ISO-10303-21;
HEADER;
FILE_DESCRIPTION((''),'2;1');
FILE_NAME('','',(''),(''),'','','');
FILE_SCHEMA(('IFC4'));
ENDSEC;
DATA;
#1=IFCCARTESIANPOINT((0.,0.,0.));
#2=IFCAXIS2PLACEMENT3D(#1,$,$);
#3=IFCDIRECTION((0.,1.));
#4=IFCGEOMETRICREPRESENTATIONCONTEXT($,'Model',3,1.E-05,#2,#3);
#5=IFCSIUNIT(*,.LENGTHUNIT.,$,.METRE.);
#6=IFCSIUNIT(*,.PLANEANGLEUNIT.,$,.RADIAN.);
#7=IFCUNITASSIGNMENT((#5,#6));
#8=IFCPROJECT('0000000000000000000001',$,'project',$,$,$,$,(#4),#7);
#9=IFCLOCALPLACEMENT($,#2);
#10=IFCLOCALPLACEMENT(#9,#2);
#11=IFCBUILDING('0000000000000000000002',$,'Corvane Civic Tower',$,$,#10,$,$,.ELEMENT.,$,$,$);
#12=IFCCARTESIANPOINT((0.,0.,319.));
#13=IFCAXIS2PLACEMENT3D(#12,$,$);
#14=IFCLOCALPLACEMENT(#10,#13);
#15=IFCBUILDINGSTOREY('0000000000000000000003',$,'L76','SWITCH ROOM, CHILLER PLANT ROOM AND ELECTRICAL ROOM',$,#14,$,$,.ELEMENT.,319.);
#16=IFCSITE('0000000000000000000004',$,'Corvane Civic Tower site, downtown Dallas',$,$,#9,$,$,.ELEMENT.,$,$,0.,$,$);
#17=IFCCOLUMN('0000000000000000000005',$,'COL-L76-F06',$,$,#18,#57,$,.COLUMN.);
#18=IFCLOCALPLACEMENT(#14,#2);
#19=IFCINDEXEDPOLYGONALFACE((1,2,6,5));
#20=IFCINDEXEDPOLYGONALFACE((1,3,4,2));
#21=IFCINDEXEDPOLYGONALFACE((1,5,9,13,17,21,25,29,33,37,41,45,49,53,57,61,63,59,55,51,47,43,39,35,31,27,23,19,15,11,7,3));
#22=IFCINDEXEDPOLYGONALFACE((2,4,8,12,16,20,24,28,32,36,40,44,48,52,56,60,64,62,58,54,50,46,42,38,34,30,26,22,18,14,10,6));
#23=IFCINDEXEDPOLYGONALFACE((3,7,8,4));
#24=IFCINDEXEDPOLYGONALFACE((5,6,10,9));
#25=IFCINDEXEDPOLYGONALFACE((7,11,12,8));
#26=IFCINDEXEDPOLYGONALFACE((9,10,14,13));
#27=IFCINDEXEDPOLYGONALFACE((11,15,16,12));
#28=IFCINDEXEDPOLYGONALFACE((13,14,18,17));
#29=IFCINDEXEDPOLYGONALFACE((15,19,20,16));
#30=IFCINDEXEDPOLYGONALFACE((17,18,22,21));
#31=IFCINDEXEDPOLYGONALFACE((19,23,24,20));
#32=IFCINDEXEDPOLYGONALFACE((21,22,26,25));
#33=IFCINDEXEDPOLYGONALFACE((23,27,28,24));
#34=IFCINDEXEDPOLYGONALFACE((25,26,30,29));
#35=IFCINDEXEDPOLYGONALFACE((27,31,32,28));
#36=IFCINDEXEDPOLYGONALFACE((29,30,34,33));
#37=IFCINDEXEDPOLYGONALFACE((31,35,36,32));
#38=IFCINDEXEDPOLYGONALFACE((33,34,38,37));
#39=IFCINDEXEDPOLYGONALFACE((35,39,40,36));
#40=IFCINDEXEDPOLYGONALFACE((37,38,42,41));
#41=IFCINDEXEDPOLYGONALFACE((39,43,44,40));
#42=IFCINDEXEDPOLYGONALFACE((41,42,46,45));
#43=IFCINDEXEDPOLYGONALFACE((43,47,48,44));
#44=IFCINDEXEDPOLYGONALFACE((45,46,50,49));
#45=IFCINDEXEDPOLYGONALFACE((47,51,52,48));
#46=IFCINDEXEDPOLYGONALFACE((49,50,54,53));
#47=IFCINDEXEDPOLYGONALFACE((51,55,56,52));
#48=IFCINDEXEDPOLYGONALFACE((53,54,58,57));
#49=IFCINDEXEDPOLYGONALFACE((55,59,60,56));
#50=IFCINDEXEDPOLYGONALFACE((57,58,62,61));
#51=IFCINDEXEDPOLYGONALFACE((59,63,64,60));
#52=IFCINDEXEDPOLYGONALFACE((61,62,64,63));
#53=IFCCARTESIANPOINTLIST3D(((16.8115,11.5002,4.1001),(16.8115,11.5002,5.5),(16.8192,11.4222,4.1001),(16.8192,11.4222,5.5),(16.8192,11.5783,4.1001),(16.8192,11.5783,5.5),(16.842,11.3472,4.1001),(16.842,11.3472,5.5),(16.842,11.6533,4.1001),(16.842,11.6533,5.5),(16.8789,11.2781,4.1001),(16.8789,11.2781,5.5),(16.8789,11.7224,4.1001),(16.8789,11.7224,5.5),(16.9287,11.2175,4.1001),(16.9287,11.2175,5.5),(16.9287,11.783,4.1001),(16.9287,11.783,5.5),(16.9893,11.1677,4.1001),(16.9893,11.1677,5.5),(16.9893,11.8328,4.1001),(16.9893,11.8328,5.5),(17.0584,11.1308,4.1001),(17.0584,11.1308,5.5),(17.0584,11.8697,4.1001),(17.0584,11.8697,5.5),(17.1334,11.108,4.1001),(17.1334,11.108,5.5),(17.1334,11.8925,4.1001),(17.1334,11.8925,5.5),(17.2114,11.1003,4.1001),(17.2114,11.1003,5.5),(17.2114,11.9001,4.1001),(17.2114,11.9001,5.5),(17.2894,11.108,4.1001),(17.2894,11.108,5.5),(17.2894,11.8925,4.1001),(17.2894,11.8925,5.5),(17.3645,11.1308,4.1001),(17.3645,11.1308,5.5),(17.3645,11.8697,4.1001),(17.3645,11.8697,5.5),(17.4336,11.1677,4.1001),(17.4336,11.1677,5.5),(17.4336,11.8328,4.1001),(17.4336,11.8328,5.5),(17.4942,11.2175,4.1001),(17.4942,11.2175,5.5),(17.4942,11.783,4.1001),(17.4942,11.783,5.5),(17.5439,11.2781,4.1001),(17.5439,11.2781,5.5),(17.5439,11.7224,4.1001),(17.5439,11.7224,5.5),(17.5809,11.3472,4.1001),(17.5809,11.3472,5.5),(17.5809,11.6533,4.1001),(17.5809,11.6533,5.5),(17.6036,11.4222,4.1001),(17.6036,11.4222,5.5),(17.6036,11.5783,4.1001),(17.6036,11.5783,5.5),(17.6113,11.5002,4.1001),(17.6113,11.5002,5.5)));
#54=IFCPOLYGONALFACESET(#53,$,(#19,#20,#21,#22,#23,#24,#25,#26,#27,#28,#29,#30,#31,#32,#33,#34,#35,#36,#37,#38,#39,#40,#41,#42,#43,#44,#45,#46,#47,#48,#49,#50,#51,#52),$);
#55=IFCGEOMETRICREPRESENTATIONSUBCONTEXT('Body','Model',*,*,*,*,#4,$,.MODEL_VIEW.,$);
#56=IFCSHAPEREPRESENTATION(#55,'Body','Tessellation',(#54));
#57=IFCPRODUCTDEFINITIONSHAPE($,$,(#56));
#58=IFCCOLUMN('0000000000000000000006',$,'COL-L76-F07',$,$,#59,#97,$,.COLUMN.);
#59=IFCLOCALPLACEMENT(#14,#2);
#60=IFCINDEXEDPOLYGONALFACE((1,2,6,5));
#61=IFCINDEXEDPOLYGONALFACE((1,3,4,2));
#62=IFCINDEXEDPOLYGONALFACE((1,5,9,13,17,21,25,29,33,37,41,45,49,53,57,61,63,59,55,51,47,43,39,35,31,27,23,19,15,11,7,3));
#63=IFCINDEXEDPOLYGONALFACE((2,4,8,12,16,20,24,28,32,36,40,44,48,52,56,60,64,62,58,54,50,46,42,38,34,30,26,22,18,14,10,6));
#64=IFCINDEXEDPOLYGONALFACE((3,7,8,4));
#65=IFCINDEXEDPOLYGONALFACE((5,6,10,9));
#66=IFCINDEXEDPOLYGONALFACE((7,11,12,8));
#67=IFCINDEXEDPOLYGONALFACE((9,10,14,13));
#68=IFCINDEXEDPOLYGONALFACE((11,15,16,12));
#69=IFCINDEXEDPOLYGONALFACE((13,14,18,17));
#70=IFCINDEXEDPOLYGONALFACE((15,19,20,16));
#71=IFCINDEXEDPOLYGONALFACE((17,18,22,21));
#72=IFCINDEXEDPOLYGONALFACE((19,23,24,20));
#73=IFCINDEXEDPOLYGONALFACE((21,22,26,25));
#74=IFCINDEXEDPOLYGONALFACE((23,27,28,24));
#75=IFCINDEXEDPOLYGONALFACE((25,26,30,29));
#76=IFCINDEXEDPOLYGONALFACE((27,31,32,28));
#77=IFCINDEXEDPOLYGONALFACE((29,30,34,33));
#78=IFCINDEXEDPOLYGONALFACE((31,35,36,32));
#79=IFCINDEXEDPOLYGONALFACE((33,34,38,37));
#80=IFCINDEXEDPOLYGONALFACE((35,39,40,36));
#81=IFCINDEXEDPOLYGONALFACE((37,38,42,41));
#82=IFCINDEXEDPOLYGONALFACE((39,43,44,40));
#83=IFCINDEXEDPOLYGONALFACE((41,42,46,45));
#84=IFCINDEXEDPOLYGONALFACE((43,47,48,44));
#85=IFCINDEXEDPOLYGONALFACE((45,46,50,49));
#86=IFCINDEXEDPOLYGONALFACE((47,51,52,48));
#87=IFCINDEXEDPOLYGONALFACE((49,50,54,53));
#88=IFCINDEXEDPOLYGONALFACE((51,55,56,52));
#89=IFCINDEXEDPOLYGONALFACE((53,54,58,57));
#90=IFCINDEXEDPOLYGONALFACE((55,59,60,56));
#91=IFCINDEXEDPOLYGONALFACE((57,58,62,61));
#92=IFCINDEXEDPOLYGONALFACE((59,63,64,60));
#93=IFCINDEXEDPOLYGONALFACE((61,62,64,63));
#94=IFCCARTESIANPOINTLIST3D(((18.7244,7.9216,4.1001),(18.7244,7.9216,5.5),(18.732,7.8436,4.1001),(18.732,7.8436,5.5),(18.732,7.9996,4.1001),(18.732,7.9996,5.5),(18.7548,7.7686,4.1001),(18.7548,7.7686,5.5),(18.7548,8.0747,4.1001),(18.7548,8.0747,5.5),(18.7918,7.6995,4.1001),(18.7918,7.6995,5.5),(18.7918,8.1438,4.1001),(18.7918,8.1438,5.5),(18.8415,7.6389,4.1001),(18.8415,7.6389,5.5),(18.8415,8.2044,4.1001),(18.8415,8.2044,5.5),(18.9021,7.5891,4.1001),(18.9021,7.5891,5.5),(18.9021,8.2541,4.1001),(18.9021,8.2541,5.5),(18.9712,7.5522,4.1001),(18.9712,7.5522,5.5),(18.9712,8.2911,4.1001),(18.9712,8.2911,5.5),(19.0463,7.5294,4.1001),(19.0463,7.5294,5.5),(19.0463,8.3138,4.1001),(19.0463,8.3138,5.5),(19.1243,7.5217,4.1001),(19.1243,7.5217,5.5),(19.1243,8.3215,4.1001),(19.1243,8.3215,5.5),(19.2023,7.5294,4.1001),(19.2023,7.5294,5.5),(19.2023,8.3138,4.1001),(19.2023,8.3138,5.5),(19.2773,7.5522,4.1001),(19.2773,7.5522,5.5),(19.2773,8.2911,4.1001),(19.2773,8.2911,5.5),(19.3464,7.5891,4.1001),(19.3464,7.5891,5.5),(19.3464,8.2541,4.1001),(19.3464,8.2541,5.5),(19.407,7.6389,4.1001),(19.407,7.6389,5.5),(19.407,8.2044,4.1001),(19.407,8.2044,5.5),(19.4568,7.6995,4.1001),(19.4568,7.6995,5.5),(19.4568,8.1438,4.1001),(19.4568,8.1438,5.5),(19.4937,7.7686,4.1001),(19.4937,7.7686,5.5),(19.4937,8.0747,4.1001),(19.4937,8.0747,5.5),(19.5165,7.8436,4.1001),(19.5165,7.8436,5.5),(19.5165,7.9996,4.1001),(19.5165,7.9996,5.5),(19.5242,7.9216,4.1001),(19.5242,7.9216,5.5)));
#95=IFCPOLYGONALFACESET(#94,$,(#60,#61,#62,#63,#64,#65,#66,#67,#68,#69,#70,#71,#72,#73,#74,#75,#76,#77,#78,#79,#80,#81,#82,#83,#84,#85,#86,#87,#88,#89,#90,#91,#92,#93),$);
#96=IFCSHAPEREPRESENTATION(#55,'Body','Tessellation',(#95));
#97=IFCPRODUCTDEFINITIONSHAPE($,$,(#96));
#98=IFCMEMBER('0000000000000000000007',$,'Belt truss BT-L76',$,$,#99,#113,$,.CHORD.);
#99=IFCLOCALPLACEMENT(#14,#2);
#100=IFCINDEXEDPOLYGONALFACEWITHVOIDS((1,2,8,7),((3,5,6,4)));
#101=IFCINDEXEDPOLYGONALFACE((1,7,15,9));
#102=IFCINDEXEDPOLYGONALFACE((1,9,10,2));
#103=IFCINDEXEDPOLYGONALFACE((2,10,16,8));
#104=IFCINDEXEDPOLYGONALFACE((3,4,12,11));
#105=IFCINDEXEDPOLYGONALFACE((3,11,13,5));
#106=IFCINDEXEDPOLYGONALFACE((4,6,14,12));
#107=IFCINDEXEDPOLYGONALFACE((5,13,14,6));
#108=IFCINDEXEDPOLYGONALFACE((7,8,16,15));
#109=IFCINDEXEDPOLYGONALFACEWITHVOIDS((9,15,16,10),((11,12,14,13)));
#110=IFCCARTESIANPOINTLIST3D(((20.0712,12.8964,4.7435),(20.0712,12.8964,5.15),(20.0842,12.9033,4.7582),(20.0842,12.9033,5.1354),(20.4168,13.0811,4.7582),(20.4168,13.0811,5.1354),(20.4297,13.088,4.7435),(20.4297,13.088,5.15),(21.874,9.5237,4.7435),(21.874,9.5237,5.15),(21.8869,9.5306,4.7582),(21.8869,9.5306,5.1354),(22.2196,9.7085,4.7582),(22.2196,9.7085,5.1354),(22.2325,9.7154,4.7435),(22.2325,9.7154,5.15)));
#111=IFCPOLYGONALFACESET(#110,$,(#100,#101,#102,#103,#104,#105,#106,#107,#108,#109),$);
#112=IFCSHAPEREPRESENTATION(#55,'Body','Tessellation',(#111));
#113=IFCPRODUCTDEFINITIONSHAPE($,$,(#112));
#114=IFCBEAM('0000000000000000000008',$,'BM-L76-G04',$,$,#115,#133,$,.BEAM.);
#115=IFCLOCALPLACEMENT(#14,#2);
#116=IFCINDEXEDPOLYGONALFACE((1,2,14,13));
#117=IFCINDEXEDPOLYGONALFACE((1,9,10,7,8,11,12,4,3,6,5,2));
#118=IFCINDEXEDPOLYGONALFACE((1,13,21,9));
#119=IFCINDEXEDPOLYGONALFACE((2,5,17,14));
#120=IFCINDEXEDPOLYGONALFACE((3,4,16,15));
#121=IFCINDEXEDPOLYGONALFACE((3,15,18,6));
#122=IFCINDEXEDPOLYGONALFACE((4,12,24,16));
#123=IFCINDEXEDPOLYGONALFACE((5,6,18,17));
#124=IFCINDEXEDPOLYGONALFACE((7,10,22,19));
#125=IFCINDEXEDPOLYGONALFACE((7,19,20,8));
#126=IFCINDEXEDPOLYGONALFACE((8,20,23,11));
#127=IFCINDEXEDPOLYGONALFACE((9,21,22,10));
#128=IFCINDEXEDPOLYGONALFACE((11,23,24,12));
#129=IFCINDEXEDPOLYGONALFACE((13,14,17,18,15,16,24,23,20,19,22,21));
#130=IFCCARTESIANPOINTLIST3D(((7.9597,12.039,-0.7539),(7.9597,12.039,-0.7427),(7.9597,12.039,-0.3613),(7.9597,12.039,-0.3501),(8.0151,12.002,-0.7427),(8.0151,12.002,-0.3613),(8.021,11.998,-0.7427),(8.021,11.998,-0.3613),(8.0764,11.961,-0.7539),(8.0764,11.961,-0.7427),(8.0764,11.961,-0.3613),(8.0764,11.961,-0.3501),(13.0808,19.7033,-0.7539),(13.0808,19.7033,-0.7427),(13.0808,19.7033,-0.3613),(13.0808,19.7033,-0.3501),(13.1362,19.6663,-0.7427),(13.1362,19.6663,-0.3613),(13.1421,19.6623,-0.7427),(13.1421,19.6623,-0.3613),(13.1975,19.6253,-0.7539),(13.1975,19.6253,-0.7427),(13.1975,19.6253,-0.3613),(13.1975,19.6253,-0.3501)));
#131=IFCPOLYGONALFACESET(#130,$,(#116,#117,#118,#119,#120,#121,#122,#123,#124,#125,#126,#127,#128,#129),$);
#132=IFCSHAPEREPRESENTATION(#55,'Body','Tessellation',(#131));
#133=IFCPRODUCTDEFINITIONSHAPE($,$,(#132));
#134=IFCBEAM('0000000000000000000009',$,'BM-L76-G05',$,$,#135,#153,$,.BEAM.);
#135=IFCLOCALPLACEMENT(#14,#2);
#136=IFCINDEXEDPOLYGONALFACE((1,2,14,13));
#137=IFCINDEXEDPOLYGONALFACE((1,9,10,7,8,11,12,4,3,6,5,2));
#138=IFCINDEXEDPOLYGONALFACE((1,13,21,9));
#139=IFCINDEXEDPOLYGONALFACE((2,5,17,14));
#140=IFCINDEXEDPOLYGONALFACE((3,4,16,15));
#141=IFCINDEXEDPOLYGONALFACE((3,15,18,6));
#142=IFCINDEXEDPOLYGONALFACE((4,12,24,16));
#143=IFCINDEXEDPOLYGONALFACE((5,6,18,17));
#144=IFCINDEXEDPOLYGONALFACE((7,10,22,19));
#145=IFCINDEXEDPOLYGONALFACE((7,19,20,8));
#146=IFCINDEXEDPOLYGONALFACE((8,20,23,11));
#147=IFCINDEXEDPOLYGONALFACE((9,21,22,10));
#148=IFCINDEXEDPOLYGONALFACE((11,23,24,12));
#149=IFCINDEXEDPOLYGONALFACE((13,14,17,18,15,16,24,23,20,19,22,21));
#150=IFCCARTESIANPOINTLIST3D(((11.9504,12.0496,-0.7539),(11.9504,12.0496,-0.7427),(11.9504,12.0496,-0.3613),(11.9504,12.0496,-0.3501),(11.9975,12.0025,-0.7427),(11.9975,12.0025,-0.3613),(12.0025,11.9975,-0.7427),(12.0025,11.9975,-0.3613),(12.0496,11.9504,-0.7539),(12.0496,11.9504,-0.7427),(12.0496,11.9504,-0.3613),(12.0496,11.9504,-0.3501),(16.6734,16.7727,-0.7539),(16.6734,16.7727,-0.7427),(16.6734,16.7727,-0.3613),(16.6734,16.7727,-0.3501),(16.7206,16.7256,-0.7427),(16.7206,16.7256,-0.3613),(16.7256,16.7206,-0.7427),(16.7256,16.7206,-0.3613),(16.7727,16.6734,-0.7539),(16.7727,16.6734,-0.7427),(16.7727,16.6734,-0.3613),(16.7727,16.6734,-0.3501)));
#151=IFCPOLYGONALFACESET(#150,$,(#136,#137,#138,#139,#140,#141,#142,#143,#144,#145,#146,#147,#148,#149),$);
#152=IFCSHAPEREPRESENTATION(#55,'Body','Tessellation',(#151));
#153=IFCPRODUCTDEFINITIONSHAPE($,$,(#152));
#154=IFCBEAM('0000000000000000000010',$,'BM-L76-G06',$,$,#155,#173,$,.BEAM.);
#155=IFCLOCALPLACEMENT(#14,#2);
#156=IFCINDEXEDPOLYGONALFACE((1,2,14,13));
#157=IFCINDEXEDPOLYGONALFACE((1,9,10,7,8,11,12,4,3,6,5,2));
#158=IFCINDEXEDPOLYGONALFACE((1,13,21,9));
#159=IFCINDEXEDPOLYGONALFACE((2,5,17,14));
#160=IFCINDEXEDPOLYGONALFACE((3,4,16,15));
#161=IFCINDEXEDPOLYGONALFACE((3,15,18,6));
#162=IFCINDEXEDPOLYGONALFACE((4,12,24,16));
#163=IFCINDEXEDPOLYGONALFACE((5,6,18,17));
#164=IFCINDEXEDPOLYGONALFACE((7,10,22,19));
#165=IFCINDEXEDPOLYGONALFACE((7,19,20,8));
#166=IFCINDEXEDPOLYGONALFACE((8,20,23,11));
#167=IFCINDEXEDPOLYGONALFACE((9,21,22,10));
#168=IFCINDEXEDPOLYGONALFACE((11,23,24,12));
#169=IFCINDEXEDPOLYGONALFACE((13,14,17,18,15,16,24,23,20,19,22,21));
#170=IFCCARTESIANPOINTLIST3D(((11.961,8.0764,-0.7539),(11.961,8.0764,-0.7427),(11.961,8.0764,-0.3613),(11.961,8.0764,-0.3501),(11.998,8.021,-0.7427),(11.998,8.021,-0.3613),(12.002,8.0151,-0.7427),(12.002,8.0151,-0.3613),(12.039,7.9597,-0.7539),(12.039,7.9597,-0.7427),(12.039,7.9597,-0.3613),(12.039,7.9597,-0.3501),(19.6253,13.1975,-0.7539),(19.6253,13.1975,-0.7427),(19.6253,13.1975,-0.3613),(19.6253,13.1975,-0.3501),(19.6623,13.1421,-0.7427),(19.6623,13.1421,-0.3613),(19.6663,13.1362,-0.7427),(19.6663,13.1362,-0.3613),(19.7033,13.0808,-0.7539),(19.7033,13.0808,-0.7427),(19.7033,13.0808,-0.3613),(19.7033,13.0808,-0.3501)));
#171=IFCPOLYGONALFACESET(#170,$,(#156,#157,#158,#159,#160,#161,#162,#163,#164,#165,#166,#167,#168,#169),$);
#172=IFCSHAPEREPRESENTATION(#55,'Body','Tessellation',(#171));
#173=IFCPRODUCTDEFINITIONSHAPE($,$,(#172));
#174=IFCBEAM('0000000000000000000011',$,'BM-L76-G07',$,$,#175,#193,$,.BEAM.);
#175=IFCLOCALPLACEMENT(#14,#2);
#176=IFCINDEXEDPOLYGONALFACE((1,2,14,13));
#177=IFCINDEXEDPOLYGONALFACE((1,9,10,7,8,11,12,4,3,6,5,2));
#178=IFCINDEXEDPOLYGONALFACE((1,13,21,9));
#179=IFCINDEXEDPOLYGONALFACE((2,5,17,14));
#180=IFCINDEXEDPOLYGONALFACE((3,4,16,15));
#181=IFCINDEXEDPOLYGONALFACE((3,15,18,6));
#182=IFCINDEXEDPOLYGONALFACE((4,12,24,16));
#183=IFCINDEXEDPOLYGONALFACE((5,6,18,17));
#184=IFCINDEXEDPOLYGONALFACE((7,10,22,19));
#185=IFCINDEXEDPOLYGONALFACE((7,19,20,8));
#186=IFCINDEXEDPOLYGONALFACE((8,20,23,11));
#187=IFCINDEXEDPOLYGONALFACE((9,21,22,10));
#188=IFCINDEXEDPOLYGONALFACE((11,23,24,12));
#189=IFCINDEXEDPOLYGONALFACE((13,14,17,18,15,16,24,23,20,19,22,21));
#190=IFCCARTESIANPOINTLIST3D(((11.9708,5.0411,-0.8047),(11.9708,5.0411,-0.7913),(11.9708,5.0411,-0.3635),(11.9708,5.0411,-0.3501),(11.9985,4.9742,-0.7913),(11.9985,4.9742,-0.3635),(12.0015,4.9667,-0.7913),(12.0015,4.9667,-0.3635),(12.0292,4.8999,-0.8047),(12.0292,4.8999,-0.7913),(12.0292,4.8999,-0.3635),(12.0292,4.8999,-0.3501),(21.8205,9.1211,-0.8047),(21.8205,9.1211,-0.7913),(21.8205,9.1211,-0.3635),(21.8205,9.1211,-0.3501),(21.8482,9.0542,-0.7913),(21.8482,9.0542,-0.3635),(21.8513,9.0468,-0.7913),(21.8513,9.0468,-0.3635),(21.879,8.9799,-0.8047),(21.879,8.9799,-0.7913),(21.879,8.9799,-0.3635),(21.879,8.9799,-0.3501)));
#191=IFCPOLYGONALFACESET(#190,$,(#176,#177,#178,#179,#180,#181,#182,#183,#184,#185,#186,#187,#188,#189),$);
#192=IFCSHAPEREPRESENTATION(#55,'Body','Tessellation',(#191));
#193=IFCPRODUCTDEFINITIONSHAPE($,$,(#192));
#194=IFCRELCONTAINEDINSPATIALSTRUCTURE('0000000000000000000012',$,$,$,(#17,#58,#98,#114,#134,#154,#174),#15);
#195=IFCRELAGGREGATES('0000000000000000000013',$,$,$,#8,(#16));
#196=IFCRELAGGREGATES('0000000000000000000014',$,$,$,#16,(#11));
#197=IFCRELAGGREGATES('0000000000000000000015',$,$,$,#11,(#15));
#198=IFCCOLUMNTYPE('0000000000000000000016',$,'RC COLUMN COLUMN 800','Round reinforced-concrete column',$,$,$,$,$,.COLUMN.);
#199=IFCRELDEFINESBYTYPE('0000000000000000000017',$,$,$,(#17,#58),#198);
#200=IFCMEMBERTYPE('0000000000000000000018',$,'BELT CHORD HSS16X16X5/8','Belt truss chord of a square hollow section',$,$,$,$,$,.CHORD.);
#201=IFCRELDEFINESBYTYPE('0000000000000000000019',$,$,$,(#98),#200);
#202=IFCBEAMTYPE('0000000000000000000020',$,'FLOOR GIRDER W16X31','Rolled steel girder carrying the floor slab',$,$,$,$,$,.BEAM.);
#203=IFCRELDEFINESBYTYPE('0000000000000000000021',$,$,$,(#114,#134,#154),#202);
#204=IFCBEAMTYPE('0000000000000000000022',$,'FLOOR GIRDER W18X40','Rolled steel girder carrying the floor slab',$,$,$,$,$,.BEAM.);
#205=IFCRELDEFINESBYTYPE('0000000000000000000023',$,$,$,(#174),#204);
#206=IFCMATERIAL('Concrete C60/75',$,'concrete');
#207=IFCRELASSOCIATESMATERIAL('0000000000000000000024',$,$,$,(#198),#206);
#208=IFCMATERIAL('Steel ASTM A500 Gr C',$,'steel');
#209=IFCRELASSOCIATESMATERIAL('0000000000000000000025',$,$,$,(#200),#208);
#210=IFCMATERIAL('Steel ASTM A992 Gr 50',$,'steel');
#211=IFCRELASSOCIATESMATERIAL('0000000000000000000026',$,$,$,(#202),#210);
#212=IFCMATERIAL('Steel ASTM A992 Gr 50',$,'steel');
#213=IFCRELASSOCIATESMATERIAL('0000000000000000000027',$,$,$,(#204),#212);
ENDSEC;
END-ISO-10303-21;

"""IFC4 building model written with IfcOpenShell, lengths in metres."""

from ifc_helpers import new_model, si_unit, direction, frame, origin, origin_2d, place, context, subcontext, project, spatial, hollow_rectangle, circle, i_section, extrude, material, material_profile, profile_set, type_object, element, save


model = new_model("IFC4")

# Units and contexts
model_context = context("Model", 3, precision=1e-05, world=origin(), true_north=direction((0.0, 1.0)))
body_context = subcontext(model_context, "Body", "Model", "MODEL_VIEW")
ifc_project = project(units=[si_unit("LENGTHUNIT", "METRE"), si_unit("PLANEANGLEUNIT", "RADIAN")], contexts=[model_context])

# Site, building, storey
site_placement = place(None, origin())
site = spatial("IfcSite", under=ifc_project, at=site_placement, Name="Corvane Civic Tower site, downtown Dallas", CompositionType="ELEMENT", RefElevation=0.0)
building_placement = place(site_placement, origin())
building = spatial("IfcBuilding", under=site, at=building_placement, Name="Corvane Civic Tower", CompositionType="ELEMENT")
storey_placement = place(building_placement, frame((0.0, 0.0, 319.0)))
storey = spatial("IfcBuildingStorey", under=building, at=storey_placement, Name="L76", Description="SWITCH ROOM, CHILLER PLANT ROOM AND ELECTRICAL ROOM", CompositionType="ELEMENT", Elevation=319.0)

# Columns
ifc_material_1 = material(Name="Concrete C60/75", Category="concrete")
ifc_material_profile_1 = material_profile(ifc_material_1, circle(Radius=0.3999, at=origin_2d()), Name="COLUMN 800")
ifc_profile_set_1 = profile_set([ifc_material_profile_1], Name="Concrete C60/75")
column_type = type_object("IfcColumnType", Name="RC COLUMN COLUMN 800", Description="Round reinforced-concrete column", PredefinedType="COLUMN", material=ifc_profile_set_1)
for number, where, z_axis, x_axis, name in (
    (1, (17.2114, 11.5002, 4.1001), (0.0, 0.0, 1.0), (1.0, 0.0, 0.0), "COL-L76-F06"),
    (2, (19.1243, 7.9216, 4.1001), (0.0, 0.0, 1.0), (1.0, 0.0, 0.0), "COL-L76-F07"),
):
    element("IfcColumn", number, at=place(storey_placement, frame(where, z_axis=z_axis, x_axis=x_axis)), inside=storey, type_object=column_type, Name=name, PredefinedType="COLUMN", context=body_context, shape_type="SweptSolid", body=[
        extrude(circle(Radius=0.3999, at=origin_2d()), origin(), (0.0, 0.0, 1.0), 1.3999),
    ])

# Member
ifc_material_2 = material(Name="Steel ASTM A500 Gr C", Category="steel")
ifc_material_profile_2 = material_profile(ifc_material_2, hollow_rectangle(XDim=0.4065, YDim=0.4065, WallThickness=0.0146, at=origin_2d()), Name="HSS16X16X5/8")
ifc_profile_set_2 = profile_set([ifc_material_profile_2], Name="Steel ASTM A500 Gr C")
member_type = type_object("IfcMemberType", Name="BELT CHORD HSS16X16X5/8", Description="Belt truss chord of a square hollow section", PredefinedType="CHORD", material=ifc_profile_set_2)
member_placement = place(storey_placement, frame((20.2505, 12.9922, 4.9468), z_axis=(0.47141, -0.881914, 0.0), x_axis=(0.881914, 0.47141, 0.0)))
element("IfcMember", 3, at=member_placement, inside=storey, type_object=member_type, Name="Belt truss BT-L76", PredefinedType="CHORD", context=body_context, shape_type="SweptSolid", body=[
    extrude(hollow_rectangle(XDim=0.4065, YDim=0.4065, WallThickness=0.0146, at=origin_2d()), origin(), (0.0, 0.0, 1.0), 3.8242),
])

# Beams
ifc_material_3 = material(Name="Steel ASTM A992 Gr 50", Category="steel")
ifc_material_profile_3 = material_profile(ifc_material_3, i_section(OverallWidth=0.1404, OverallDepth=0.4038, WebThickness=0.0071, FlangeThickness=0.0112, at=origin_2d()), Name="W16X31")
ifc_profile_set_3 = profile_set([ifc_material_profile_3], Name="Steel ASTM A992 Gr 50")
beam_type_1 = type_object("IfcBeamType", Name="FLOOR GIRDER W16X31", Description="Rolled steel girder carrying the floor slab", PredefinedType="BEAM", material=ifc_profile_set_3)
beam_1_placement = place(storey_placement, frame((8.0181, 12.0, -0.552), z_axis=(0.555568, 0.831471, 0.0), x_axis=(-0.831471, 0.555568, 0.0)))
element("IfcBeam", 4, at=beam_1_placement, inside=storey, type_object=beam_type_1, Name="BM-L76-G04", PredefinedType="BEAM", context=body_context, shape_type="SweptSolid", body=[
    extrude(i_section(OverallWidth=0.1404, OverallDepth=0.4038, WebThickness=0.0071, FlangeThickness=0.0112, at=origin_2d()), origin(), (0.0, 0.0, 1.0), 9.2178),
])
beam_2_placement = place(storey_placement, frame((12.0, 12.0, -0.552), z_axis=(0.707107, 0.707107, 0.0), x_axis=(-0.707107, 0.707107, 0.0)))
element("IfcBeam", 5, at=beam_2_placement, inside=storey, type_object=beam_type_1, Name="BM-L76-G05", PredefinedType="BEAM", context=body_context, shape_type="SweptSolid", body=[
    extrude(i_section(OverallWidth=0.1404, OverallDepth=0.4038, WebThickness=0.0071, FlangeThickness=0.0112, at=origin_2d()), origin(), (0.0, 0.0, 1.0), 6.6794),
])
beam_3_placement = place(storey_placement, frame((12.0, 8.0181, -0.552), z_axis=(0.831471, 0.555568, 0.0), x_axis=(-0.555568, 0.831471, 0.0)))
element("IfcBeam", 6, at=beam_3_placement, inside=storey, type_object=beam_type_1, Name="BM-L76-G06", PredefinedType="BEAM", context=body_context, shape_type="SweptSolid", body=[
    extrude(i_section(OverallWidth=0.1404, OverallDepth=0.4038, WebThickness=0.0071, FlangeThickness=0.0112, at=origin_2d()), origin(), (0.0, 0.0, 1.0), 9.2178),
])
ifc_material_4 = material(Name="Steel ASTM A992 Gr 50", Category="steel")
ifc_material_profile_4 = material_profile(ifc_material_4, i_section(OverallWidth=0.1528, OverallDepth=0.4546, WebThickness=0.0081, FlangeThickness=0.0134, at=origin_2d()), Name="W18X40")
ifc_profile_set_4 = profile_set([ifc_material_profile_4], Name="Steel ASTM A992 Gr 50")
beam_type_2 = type_object("IfcBeamType", Name="FLOOR GIRDER W18X40", Description="Rolled steel girder carrying the floor slab", PredefinedType="BEAM", material=ifc_profile_set_4)
beam_4_placement = place(storey_placement, frame((12.0, 4.9705, -0.5774), z_axis=(0.923875, 0.382694, 0.0), x_axis=(-0.382694, 0.923875, 0.0)))
element("IfcBeam", 7, at=beam_4_placement, inside=storey, type_object=beam_type_2, Name="BM-L76-G07", PredefinedType="BEAM", context=body_context, shape_type="SweptSolid", body=[
    extrude(i_section(OverallWidth=0.1528, OverallDepth=0.4546, WebThickness=0.0081, FlangeThickness=0.0134, at=origin_2d()), origin(), (0.0, 0.0, 1.0), 10.6614),
])

save(model, "model.ifc")
